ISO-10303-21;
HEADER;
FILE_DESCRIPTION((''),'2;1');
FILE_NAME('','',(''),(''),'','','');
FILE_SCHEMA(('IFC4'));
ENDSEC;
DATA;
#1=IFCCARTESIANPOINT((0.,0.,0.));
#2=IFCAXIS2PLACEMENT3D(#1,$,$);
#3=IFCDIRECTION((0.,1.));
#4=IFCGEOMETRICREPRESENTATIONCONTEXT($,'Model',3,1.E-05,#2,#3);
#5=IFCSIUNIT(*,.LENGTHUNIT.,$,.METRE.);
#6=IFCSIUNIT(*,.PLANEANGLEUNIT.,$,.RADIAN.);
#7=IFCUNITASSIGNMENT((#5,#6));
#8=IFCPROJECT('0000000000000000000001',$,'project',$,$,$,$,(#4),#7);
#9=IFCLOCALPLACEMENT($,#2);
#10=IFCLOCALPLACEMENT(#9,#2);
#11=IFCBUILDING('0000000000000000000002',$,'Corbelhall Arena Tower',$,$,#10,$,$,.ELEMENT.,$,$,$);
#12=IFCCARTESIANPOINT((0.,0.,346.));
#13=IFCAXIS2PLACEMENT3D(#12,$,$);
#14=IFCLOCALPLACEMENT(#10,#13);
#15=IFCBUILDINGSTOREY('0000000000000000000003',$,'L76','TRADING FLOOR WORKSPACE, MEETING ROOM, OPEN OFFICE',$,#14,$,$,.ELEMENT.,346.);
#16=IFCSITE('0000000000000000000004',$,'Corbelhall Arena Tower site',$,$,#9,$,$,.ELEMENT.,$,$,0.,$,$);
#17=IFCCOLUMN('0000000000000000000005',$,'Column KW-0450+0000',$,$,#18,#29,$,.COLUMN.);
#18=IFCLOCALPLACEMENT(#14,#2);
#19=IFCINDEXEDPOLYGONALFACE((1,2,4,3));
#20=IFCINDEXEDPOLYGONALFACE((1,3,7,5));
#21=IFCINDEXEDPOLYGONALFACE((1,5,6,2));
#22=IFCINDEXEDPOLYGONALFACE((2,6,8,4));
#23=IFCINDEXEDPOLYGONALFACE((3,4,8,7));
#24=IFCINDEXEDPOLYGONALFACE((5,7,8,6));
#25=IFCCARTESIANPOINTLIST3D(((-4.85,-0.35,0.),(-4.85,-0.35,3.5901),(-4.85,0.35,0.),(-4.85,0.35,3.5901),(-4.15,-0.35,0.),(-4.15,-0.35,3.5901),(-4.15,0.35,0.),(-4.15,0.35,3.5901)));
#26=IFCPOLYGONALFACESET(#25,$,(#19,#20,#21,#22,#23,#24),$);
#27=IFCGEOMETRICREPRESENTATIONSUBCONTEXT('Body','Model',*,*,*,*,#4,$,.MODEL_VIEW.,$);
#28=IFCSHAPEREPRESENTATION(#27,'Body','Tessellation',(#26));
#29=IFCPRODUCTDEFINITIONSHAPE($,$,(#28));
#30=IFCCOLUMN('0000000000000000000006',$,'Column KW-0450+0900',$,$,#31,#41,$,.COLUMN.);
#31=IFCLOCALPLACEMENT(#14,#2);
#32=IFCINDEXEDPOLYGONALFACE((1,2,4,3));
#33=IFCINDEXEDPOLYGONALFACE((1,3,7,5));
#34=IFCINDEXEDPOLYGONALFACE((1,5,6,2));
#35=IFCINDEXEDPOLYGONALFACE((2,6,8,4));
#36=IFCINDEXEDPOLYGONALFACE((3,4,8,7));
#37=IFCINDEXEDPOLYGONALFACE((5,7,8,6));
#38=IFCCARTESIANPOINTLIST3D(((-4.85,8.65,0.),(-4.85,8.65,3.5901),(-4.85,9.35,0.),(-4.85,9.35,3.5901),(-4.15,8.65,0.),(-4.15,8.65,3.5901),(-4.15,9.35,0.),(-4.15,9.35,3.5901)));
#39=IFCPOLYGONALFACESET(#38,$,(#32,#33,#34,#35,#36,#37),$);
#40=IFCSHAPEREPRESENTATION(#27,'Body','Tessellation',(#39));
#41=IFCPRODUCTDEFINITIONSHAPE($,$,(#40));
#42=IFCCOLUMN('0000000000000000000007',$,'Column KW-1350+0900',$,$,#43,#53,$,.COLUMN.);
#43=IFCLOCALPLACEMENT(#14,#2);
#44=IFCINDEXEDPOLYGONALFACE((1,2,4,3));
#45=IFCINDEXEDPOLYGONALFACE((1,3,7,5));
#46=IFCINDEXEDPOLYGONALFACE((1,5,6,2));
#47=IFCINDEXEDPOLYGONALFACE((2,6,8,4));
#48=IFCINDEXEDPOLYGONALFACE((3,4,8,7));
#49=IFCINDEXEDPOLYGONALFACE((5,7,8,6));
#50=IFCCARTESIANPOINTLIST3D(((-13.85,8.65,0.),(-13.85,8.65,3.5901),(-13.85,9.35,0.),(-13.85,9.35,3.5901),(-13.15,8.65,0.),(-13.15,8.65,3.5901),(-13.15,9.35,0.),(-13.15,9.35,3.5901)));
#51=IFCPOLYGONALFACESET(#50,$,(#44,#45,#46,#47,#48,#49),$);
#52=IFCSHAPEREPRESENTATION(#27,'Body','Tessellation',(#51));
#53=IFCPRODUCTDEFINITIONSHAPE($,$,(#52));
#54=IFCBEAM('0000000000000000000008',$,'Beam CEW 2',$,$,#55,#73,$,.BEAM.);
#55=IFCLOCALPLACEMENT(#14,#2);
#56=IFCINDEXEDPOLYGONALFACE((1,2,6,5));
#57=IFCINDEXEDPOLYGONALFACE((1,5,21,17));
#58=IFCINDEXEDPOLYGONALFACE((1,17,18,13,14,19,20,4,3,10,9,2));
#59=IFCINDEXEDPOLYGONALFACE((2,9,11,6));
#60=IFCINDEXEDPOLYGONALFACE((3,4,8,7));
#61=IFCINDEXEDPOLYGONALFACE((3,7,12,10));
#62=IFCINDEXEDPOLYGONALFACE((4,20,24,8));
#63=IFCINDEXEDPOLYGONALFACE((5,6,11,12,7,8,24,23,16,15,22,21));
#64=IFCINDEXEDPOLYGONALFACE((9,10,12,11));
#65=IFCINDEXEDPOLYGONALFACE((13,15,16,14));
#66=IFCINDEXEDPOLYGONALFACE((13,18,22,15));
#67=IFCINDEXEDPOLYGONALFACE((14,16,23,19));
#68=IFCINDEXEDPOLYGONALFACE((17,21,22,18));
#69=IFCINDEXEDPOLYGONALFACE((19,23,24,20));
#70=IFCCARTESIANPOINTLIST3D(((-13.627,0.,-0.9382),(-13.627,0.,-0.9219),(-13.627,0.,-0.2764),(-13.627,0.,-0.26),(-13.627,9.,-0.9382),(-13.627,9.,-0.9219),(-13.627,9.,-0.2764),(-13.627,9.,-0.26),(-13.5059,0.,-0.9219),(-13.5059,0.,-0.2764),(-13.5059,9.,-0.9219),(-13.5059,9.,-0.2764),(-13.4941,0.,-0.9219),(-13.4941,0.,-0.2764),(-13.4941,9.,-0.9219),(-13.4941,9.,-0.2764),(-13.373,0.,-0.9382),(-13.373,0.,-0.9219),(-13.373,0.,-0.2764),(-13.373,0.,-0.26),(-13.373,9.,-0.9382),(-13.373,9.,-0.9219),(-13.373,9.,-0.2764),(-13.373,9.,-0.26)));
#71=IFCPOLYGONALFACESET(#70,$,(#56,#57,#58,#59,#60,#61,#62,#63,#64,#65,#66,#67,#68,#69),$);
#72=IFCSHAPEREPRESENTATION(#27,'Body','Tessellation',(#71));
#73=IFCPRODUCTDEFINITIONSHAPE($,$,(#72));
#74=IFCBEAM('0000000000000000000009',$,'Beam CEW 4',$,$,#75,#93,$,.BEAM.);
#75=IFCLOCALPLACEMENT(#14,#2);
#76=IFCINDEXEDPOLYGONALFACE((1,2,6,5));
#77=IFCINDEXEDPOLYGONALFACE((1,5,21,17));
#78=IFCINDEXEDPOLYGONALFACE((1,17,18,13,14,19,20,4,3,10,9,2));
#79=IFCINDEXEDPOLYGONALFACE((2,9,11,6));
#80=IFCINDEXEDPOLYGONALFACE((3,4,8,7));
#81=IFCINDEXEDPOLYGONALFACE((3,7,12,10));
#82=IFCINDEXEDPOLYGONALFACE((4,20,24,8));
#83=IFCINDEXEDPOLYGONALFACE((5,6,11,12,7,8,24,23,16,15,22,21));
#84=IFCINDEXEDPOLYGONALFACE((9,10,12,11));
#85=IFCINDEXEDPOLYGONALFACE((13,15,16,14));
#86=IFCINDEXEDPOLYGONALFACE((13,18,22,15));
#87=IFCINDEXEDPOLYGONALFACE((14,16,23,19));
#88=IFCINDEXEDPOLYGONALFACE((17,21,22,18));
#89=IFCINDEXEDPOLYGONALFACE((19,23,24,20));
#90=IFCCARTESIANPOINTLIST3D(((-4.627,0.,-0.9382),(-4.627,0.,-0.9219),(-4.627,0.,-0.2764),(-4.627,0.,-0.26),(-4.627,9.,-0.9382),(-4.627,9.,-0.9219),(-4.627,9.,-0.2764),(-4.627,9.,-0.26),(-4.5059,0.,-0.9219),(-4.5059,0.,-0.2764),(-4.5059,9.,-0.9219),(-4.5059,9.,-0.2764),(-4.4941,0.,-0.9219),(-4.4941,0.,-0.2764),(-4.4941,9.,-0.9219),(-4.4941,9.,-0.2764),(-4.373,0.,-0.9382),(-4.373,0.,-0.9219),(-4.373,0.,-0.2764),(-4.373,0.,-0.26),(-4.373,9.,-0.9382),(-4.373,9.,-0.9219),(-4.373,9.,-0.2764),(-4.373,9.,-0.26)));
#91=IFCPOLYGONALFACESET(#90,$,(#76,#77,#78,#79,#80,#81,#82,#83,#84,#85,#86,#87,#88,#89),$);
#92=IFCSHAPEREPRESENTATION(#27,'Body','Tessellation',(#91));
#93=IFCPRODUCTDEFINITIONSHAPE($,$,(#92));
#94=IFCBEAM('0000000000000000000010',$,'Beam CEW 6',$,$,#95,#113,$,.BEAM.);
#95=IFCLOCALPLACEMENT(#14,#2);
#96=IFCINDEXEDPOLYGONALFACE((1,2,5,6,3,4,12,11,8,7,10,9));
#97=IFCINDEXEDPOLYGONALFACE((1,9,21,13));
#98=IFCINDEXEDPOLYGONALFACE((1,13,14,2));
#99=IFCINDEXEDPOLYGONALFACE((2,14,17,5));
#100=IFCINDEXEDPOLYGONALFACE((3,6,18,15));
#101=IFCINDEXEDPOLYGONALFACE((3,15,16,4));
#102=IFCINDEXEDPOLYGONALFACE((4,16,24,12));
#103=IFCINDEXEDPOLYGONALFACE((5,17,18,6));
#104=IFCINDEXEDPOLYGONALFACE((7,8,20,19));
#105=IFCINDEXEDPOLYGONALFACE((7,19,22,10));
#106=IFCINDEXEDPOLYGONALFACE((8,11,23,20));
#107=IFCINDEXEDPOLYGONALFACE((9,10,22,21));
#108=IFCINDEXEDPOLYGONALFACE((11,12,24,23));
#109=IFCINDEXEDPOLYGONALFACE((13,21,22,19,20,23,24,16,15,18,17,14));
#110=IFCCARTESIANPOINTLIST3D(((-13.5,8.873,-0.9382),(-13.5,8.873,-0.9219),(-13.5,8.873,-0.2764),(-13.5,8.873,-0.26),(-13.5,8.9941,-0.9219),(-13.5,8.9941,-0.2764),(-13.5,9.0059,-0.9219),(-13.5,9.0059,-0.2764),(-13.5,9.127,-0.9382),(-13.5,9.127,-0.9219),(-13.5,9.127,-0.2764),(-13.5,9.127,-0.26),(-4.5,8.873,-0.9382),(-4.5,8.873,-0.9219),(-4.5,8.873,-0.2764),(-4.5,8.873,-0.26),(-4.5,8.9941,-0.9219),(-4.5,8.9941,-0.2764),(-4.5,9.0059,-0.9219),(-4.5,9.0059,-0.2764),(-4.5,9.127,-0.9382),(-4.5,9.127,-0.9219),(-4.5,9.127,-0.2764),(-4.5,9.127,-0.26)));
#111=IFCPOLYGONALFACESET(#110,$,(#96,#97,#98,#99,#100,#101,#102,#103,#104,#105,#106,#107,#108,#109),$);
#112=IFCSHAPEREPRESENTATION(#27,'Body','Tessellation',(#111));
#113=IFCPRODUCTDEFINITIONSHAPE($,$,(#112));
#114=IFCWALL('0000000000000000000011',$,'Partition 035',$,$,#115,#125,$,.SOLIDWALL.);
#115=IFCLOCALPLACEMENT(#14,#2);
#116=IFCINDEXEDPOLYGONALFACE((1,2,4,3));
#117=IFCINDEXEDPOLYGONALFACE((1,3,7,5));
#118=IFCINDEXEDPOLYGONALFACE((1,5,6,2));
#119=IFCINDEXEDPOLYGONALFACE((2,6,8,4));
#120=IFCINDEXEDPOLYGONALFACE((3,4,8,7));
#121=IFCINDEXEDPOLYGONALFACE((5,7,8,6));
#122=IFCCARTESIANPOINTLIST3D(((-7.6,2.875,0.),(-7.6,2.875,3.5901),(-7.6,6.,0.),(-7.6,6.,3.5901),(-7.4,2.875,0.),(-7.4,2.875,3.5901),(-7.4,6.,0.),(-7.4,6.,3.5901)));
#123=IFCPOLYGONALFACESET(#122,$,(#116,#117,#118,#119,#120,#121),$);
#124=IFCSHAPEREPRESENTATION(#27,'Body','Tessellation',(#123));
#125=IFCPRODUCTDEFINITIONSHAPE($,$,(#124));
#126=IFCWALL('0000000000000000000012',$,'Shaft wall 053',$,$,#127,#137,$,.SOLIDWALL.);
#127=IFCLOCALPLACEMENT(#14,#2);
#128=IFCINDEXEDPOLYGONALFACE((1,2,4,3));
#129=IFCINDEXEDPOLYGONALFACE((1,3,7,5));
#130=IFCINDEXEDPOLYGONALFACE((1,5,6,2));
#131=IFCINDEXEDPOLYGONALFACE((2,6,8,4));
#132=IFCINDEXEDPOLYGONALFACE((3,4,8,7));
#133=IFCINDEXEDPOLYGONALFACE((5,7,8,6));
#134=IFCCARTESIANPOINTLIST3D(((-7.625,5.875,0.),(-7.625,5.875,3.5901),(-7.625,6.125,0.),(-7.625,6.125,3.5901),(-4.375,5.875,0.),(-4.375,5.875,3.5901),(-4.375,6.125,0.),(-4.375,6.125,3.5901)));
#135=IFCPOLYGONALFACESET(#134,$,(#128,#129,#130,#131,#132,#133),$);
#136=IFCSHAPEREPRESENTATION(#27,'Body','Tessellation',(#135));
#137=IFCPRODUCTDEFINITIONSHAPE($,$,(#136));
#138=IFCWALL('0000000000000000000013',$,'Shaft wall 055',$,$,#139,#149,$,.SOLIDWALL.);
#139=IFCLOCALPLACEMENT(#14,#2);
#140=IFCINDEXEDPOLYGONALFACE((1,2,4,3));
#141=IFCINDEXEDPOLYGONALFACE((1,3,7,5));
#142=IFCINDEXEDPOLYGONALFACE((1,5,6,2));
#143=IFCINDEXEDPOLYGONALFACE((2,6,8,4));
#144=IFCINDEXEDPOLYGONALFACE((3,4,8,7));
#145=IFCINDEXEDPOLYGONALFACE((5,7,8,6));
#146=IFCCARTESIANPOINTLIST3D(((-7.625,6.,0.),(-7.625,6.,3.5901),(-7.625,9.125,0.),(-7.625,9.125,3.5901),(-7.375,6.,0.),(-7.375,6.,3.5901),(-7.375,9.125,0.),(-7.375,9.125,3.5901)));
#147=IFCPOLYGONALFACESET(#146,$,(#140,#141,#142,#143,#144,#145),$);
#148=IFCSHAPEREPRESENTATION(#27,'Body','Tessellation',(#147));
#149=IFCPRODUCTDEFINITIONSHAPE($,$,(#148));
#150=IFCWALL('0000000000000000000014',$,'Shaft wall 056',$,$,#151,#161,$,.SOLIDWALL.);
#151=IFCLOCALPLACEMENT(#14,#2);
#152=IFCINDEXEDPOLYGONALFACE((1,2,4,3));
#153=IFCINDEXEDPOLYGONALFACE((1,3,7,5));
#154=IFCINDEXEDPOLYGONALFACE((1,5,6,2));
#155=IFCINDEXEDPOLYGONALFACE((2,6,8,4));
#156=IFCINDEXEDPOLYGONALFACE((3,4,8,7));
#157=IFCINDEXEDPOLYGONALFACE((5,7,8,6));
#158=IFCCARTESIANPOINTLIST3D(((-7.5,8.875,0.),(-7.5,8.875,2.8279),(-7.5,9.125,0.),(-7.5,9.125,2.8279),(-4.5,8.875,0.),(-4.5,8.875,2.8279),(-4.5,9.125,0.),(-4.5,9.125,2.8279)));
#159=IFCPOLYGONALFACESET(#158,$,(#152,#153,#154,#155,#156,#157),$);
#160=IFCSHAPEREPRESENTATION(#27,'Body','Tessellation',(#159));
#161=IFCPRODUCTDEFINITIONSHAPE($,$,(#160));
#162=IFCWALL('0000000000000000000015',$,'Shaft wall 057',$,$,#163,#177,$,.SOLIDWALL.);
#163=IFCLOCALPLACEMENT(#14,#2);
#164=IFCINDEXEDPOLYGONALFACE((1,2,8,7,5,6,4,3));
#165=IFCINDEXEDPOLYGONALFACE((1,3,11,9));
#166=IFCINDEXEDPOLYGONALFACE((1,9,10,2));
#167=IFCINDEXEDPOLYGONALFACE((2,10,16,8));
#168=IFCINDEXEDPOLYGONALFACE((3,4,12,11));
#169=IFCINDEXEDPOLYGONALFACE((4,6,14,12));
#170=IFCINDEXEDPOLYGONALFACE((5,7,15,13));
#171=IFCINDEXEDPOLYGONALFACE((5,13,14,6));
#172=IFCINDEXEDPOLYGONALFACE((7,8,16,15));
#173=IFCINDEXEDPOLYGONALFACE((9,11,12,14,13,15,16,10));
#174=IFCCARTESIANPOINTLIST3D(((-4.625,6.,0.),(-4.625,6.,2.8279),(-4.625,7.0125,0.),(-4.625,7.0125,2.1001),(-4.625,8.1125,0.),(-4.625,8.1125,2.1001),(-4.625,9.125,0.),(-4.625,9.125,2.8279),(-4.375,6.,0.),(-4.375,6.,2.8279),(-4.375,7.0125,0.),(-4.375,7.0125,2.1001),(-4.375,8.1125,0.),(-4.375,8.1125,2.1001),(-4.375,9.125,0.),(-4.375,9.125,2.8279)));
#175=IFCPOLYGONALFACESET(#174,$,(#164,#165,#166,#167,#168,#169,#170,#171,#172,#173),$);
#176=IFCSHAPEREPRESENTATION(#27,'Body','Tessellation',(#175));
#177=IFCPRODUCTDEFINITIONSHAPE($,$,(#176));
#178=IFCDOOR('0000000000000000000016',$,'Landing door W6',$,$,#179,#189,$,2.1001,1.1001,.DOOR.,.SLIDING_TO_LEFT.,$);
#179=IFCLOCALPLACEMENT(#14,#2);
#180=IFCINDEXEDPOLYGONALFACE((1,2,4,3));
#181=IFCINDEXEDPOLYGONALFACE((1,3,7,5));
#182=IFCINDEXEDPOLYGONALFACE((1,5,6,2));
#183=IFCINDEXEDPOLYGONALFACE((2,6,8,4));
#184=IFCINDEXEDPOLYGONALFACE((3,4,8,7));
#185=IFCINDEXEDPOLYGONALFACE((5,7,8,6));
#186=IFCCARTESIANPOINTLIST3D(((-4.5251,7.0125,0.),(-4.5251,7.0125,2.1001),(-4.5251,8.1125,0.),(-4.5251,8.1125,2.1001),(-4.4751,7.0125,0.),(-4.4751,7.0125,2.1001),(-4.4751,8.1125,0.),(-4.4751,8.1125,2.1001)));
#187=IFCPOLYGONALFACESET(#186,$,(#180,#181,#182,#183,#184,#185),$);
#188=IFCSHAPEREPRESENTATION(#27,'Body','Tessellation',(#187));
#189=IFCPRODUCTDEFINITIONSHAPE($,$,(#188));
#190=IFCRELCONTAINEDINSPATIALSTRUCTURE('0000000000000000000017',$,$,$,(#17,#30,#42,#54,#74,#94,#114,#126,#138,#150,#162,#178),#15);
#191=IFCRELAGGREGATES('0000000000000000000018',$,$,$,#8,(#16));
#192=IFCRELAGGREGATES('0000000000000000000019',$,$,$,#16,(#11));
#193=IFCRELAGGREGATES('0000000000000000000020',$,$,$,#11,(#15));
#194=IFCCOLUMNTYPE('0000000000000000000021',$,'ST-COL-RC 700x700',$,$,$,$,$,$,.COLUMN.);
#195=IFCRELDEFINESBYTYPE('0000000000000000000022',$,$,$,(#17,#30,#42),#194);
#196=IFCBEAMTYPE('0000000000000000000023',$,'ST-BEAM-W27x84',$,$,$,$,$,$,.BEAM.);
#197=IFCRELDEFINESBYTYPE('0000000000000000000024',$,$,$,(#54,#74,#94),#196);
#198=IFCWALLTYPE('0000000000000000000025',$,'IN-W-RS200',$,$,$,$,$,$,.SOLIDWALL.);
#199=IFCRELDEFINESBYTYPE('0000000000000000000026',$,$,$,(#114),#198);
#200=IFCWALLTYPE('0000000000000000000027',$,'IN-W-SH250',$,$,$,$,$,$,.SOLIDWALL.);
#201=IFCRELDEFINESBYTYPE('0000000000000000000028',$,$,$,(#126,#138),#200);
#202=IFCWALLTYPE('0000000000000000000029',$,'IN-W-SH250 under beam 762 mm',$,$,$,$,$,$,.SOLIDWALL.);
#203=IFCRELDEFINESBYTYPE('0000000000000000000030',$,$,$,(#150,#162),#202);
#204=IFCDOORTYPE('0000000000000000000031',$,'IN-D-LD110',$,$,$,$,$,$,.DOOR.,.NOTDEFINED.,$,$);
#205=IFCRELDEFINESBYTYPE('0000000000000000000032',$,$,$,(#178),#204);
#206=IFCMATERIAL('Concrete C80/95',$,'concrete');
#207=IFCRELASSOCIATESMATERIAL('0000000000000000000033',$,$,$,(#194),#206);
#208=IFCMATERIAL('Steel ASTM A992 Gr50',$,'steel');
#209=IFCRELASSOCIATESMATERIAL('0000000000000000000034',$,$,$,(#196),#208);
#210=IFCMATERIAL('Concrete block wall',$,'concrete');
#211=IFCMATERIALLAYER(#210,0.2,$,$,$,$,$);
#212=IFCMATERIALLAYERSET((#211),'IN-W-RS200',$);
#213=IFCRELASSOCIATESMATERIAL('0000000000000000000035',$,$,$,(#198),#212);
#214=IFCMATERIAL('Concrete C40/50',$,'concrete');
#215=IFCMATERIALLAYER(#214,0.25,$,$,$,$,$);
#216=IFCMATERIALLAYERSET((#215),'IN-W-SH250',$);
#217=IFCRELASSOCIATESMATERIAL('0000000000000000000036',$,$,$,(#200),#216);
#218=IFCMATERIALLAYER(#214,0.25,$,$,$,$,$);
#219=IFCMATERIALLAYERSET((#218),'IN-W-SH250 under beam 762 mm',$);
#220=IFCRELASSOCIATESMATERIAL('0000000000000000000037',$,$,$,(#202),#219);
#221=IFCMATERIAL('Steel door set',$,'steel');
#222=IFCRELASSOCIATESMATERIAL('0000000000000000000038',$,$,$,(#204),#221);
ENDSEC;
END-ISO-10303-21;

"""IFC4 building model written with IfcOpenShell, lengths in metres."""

from ifc_helpers import new_model, si_unit, direction, frame, frame_2d, origin, origin_2d, place, context, subcontext, project, spatial, rectangle, i_section, extrude, material, layer, layer_set, material_profile, profile_set, type_object, element, fill, save


model = new_model("IFC4")

# Units and contexts
model_context = context("Model", 3, precision=1e-05, world=origin(), true_north=direction((0.0, 1.0)))
body_context = subcontext(model_context, "Body", "Model", "MODEL_VIEW")
ifc_project = project(units=[si_unit("LENGTHUNIT", "METRE"), si_unit("PLANEANGLEUNIT", "RADIAN")], contexts=[model_context])

# Site, building, storey
site_placement = place(None, origin())
site = spatial("IfcSite", under=ifc_project, at=site_placement, Name="Corbelhall Arena Tower site", CompositionType="ELEMENT", RefElevation=0.0)
building_placement = place(site_placement, origin())
building = spatial("IfcBuilding", under=site, at=building_placement, Name="Corbelhall Arena Tower", CompositionType="ELEMENT")
storey_placement = place(building_placement, frame((0.0, 0.0, 346.0)))
storey = spatial("IfcBuildingStorey", under=building, at=storey_placement, Name="L76", Description="TRADING FLOOR WORKSPACE, MEETING ROOM, OPEN OFFICE", CompositionType="ELEMENT", Elevation=346.0)

# Columns
ifc_material_1 = material(Name="Concrete C80/95", Category="concrete")
ifc_material_profile_1 = material_profile(ifc_material_1, rectangle(XDim=0.7, YDim=0.7, at=origin_2d()))
ifc_profile_set_1 = profile_set([ifc_material_profile_1], Name="Concrete C80/95")
column_type = type_object("IfcColumnType", Name="ST-COL-RC 700x700", PredefinedType="COLUMN", material=ifc_profile_set_1)
for number, where, z_axis, x_axis, name in (
    (1, (-4.5, 0.0, 0.0), (0.0, 0.0, 1.0), (1.0, 0.0, 0.0), "Column KW-0450+0000"),
    (2, (-4.5, 9.0, 0.0), (0.0, 0.0, 1.0), (1.0, 0.0, 0.0), "Column KW-0450+0900"),
    (3, (-13.5, 9.0, 0.0), (0.0, 0.0, 1.0), (1.0, 0.0, 0.0), "Column KW-1350+0900"),
):
    element("IfcColumn", number, at=place(storey_placement, frame(where, z_axis=z_axis, x_axis=x_axis)), inside=storey, type_object=column_type, Name=name, PredefinedType="COLUMN", context=body_context, shape_type="SweptSolid", body=[
        extrude(rectangle(XDim=0.7, YDim=0.7, at=origin_2d()), origin(), (0.0, 0.0, 1.0), 3.5901),
    ])

# Beams
ifc_material_2 = material(Name="Steel ASTM A992 Gr50", Category="steel")
ifc_material_profile_2 = material_profile(ifc_material_2, i_section(OverallWidth=0.2539, OverallDepth=0.6782, WebThickness=0.0117, FlangeThickness=0.0164, at=origin_2d()))
ifc_profile_set_2 = profile_set([ifc_material_profile_2], Name="Steel ASTM A992 Gr50")
beam_type = type_object("IfcBeamType", Name="ST-BEAM-W27x84", PredefinedType="BEAM", material=ifc_profile_set_2)
for number, where, z_axis, x_axis, name in (
    (4, (-13.5, 0.0, -0.5991), (0.0, 1.0, 0.0), (-1.0, 0.0, 0.0), "Beam CEW 2"),
    (5, (-4.5, 0.0, -0.5991), (0.0, 1.0, 0.0), (-1.0, 0.0, 0.0), "Beam CEW 4"),
    (6, (-13.5, 9.0, -0.5991), (1.0, 0.0, 0.0), (0.0, 1.0, 0.0), "Beam CEW 6"),
):
    element("IfcBeam", number, at=place(storey_placement, frame(where, z_axis=z_axis, x_axis=x_axis)), inside=storey, type_object=beam_type, Name=name, PredefinedType="BEAM", context=body_context, shape_type="SweptSolid", body=[
        extrude(i_section(OverallWidth=0.2539, OverallDepth=0.6782, WebThickness=0.0117, FlangeThickness=0.0164, at=origin_2d()), origin(), (0.0, 0.0, 1.0), 9.0),
    ])

# Wall
ifc_material_3 = material(Name="Concrete block wall", Category="concrete")
ifc_layer_1 = layer(ifc_material_3, 0.2)
ifc_layer_set_1 = layer_set([ifc_layer_1], Name="IN-W-RS200")
wall_type_1 = type_object("IfcWallType", Name="IN-W-RS200", PredefinedType="SOLIDWALL", material=ifc_layer_set_1)
wall_1_placement = place(storey_placement, frame((-7.5, 2.875, 0.0), z_axis=(0.0, 0.0, 1.0), x_axis=(0.0, 1.0, 0.0)))
element("IfcWall", 7, at=wall_1_placement, inside=storey, type_object=wall_type_1, Name="Partition 035", PredefinedType="SOLIDWALL", context=body_context, shape_type="SweptSolid", body=[
    extrude(rectangle(XDim=3.125, YDim=0.2, at=frame_2d((1.5625, 0.0))), origin(), (0.0, 0.0, 1.0), 3.5901),
])

# Shared definitions
ifc_material_4 = material(Name="Steel door set", Category="steel")

# Walls
ifc_material_5 = material(Name="Concrete C40/50", Category="concrete")
ifc_layer_2 = layer(ifc_material_5, 0.25)
ifc_layer_set_2 = layer_set([ifc_layer_2], Name="IN-W-SH250")
wall_type_2 = type_object("IfcWallType", Name="IN-W-SH250", PredefinedType="SOLIDWALL", material=ifc_layer_set_2)
wall_2_placement = place(storey_placement, frame((-7.625, 6.0, 0.0), z_axis=(0.0, 0.0, 1.0), x_axis=(1.0, 0.0, 0.0)))
element("IfcWall", 8, at=wall_2_placement, inside=storey, type_object=wall_type_2, Name="Shaft wall 053", PredefinedType="SOLIDWALL", context=body_context, shape_type="SweptSolid", body=[
    extrude(rectangle(XDim=3.25, YDim=0.25, at=frame_2d((1.625, 0.0))), origin(), (0.0, 0.0, 1.0), 3.5901),
])
wall_3_placement = place(storey_placement, frame((-7.5, 6.0, 0.0), z_axis=(0.0, 0.0, 1.0), x_axis=(0.0, 1.0, 0.0)))
element("IfcWall", 9, at=wall_3_placement, inside=storey, type_object=wall_type_2, Name="Shaft wall 055", PredefinedType="SOLIDWALL", context=body_context, shape_type="SweptSolid", body=[
    extrude(rectangle(XDim=3.125, YDim=0.25, at=frame_2d((1.5625, 0.0))), origin(), (0.0, 0.0, 1.0), 3.5901),
])
ifc_layer_3 = layer(ifc_material_5, 0.25)
ifc_layer_set_3 = layer_set([ifc_layer_3], Name="IN-W-SH250 under beam 762 mm")
wall_type_3 = type_object("IfcWallType", Name="IN-W-SH250 under beam 762 mm", PredefinedType="SOLIDWALL", material=ifc_layer_set_3)
wall_4_placement = place(storey_placement, frame((-7.5, 9.0, 0.0), z_axis=(0.0, 0.0, 1.0), x_axis=(1.0, 0.0, 0.0)))
element("IfcWall", 10, at=wall_4_placement, inside=storey, type_object=wall_type_3, Name="Shaft wall 056", PredefinedType="SOLIDWALL", context=body_context, shape_type="SweptSolid", body=[
    extrude(rectangle(XDim=3.0, YDim=0.25, at=frame_2d((1.5, 0.0))), origin(), (0.0, 0.0, 1.0), 2.8279),
])

# Wall, opening, door
wall_5_placement = place(storey_placement, frame((-4.5, 9.125, 0.0), z_axis=(0.0, 0.0, 1.0), x_axis=(0.0, -1.0, 0.0)))
wall_5 = element("IfcWall", 11, at=wall_5_placement, inside=storey, type_object=wall_type_3, Name="Shaft wall 057", PredefinedType="SOLIDWALL", context=body_context, shape_type="SweptSolid", body=[
    extrude(rectangle(XDim=3.125, YDim=0.25, at=frame_2d((1.5625, 0.0))), origin(), (0.0, 0.0, 1.0), 2.8279),
])
opening_1_placement = place(wall_5_placement, frame((1.0125, 0.0, 0.0)))
opening_1 = element("IfcOpeningElement", 12, at=opening_1_placement, cuts=wall_5, PredefinedType="OPENING", context=body_context, shape_type="SweptSolid", body=[
    extrude(rectangle(XDim=1.1001, YDim=2.1001, at=frame_2d((0.55, 1.05))), frame((0.0, 0.125, 0.0), z_axis=(0.0, -1.0, 0.0), x_axis=(1.0, 0.0, 0.0)), (0.0, 0.0, 1.0), 0.25),
])
door_type_1 = type_object("IfcDoorType", Name="IN-D-LD110", OperationType="NOTDEFINED", PredefinedType="DOOR", material=ifc_material_4)
door_1_placement = place(opening_1_placement, origin())
door_1 = element("IfcDoor", 13, at=door_1_placement, inside=storey, type_object=door_type_1, Name="Landing door W6", OperationType="SLIDING_TO_LEFT", OverallHeight=2.1001, OverallWidth=1.1001, PredefinedType="DOOR", context=body_context, shape_type="SweptSolid", body=[
    extrude(rectangle(XDim=1.1001, YDim=2.1001, at=frame_2d((0.55, 1.05))), frame((0.0, 0.0249, 0.0), z_axis=(0.0, -1.0, 0.0), x_axis=(1.0, 0.0, 0.0)), (0.0, 0.0, 1.0), 0.05),
])
fill(opening_1, door_1)

save(model, "model.ifc")
